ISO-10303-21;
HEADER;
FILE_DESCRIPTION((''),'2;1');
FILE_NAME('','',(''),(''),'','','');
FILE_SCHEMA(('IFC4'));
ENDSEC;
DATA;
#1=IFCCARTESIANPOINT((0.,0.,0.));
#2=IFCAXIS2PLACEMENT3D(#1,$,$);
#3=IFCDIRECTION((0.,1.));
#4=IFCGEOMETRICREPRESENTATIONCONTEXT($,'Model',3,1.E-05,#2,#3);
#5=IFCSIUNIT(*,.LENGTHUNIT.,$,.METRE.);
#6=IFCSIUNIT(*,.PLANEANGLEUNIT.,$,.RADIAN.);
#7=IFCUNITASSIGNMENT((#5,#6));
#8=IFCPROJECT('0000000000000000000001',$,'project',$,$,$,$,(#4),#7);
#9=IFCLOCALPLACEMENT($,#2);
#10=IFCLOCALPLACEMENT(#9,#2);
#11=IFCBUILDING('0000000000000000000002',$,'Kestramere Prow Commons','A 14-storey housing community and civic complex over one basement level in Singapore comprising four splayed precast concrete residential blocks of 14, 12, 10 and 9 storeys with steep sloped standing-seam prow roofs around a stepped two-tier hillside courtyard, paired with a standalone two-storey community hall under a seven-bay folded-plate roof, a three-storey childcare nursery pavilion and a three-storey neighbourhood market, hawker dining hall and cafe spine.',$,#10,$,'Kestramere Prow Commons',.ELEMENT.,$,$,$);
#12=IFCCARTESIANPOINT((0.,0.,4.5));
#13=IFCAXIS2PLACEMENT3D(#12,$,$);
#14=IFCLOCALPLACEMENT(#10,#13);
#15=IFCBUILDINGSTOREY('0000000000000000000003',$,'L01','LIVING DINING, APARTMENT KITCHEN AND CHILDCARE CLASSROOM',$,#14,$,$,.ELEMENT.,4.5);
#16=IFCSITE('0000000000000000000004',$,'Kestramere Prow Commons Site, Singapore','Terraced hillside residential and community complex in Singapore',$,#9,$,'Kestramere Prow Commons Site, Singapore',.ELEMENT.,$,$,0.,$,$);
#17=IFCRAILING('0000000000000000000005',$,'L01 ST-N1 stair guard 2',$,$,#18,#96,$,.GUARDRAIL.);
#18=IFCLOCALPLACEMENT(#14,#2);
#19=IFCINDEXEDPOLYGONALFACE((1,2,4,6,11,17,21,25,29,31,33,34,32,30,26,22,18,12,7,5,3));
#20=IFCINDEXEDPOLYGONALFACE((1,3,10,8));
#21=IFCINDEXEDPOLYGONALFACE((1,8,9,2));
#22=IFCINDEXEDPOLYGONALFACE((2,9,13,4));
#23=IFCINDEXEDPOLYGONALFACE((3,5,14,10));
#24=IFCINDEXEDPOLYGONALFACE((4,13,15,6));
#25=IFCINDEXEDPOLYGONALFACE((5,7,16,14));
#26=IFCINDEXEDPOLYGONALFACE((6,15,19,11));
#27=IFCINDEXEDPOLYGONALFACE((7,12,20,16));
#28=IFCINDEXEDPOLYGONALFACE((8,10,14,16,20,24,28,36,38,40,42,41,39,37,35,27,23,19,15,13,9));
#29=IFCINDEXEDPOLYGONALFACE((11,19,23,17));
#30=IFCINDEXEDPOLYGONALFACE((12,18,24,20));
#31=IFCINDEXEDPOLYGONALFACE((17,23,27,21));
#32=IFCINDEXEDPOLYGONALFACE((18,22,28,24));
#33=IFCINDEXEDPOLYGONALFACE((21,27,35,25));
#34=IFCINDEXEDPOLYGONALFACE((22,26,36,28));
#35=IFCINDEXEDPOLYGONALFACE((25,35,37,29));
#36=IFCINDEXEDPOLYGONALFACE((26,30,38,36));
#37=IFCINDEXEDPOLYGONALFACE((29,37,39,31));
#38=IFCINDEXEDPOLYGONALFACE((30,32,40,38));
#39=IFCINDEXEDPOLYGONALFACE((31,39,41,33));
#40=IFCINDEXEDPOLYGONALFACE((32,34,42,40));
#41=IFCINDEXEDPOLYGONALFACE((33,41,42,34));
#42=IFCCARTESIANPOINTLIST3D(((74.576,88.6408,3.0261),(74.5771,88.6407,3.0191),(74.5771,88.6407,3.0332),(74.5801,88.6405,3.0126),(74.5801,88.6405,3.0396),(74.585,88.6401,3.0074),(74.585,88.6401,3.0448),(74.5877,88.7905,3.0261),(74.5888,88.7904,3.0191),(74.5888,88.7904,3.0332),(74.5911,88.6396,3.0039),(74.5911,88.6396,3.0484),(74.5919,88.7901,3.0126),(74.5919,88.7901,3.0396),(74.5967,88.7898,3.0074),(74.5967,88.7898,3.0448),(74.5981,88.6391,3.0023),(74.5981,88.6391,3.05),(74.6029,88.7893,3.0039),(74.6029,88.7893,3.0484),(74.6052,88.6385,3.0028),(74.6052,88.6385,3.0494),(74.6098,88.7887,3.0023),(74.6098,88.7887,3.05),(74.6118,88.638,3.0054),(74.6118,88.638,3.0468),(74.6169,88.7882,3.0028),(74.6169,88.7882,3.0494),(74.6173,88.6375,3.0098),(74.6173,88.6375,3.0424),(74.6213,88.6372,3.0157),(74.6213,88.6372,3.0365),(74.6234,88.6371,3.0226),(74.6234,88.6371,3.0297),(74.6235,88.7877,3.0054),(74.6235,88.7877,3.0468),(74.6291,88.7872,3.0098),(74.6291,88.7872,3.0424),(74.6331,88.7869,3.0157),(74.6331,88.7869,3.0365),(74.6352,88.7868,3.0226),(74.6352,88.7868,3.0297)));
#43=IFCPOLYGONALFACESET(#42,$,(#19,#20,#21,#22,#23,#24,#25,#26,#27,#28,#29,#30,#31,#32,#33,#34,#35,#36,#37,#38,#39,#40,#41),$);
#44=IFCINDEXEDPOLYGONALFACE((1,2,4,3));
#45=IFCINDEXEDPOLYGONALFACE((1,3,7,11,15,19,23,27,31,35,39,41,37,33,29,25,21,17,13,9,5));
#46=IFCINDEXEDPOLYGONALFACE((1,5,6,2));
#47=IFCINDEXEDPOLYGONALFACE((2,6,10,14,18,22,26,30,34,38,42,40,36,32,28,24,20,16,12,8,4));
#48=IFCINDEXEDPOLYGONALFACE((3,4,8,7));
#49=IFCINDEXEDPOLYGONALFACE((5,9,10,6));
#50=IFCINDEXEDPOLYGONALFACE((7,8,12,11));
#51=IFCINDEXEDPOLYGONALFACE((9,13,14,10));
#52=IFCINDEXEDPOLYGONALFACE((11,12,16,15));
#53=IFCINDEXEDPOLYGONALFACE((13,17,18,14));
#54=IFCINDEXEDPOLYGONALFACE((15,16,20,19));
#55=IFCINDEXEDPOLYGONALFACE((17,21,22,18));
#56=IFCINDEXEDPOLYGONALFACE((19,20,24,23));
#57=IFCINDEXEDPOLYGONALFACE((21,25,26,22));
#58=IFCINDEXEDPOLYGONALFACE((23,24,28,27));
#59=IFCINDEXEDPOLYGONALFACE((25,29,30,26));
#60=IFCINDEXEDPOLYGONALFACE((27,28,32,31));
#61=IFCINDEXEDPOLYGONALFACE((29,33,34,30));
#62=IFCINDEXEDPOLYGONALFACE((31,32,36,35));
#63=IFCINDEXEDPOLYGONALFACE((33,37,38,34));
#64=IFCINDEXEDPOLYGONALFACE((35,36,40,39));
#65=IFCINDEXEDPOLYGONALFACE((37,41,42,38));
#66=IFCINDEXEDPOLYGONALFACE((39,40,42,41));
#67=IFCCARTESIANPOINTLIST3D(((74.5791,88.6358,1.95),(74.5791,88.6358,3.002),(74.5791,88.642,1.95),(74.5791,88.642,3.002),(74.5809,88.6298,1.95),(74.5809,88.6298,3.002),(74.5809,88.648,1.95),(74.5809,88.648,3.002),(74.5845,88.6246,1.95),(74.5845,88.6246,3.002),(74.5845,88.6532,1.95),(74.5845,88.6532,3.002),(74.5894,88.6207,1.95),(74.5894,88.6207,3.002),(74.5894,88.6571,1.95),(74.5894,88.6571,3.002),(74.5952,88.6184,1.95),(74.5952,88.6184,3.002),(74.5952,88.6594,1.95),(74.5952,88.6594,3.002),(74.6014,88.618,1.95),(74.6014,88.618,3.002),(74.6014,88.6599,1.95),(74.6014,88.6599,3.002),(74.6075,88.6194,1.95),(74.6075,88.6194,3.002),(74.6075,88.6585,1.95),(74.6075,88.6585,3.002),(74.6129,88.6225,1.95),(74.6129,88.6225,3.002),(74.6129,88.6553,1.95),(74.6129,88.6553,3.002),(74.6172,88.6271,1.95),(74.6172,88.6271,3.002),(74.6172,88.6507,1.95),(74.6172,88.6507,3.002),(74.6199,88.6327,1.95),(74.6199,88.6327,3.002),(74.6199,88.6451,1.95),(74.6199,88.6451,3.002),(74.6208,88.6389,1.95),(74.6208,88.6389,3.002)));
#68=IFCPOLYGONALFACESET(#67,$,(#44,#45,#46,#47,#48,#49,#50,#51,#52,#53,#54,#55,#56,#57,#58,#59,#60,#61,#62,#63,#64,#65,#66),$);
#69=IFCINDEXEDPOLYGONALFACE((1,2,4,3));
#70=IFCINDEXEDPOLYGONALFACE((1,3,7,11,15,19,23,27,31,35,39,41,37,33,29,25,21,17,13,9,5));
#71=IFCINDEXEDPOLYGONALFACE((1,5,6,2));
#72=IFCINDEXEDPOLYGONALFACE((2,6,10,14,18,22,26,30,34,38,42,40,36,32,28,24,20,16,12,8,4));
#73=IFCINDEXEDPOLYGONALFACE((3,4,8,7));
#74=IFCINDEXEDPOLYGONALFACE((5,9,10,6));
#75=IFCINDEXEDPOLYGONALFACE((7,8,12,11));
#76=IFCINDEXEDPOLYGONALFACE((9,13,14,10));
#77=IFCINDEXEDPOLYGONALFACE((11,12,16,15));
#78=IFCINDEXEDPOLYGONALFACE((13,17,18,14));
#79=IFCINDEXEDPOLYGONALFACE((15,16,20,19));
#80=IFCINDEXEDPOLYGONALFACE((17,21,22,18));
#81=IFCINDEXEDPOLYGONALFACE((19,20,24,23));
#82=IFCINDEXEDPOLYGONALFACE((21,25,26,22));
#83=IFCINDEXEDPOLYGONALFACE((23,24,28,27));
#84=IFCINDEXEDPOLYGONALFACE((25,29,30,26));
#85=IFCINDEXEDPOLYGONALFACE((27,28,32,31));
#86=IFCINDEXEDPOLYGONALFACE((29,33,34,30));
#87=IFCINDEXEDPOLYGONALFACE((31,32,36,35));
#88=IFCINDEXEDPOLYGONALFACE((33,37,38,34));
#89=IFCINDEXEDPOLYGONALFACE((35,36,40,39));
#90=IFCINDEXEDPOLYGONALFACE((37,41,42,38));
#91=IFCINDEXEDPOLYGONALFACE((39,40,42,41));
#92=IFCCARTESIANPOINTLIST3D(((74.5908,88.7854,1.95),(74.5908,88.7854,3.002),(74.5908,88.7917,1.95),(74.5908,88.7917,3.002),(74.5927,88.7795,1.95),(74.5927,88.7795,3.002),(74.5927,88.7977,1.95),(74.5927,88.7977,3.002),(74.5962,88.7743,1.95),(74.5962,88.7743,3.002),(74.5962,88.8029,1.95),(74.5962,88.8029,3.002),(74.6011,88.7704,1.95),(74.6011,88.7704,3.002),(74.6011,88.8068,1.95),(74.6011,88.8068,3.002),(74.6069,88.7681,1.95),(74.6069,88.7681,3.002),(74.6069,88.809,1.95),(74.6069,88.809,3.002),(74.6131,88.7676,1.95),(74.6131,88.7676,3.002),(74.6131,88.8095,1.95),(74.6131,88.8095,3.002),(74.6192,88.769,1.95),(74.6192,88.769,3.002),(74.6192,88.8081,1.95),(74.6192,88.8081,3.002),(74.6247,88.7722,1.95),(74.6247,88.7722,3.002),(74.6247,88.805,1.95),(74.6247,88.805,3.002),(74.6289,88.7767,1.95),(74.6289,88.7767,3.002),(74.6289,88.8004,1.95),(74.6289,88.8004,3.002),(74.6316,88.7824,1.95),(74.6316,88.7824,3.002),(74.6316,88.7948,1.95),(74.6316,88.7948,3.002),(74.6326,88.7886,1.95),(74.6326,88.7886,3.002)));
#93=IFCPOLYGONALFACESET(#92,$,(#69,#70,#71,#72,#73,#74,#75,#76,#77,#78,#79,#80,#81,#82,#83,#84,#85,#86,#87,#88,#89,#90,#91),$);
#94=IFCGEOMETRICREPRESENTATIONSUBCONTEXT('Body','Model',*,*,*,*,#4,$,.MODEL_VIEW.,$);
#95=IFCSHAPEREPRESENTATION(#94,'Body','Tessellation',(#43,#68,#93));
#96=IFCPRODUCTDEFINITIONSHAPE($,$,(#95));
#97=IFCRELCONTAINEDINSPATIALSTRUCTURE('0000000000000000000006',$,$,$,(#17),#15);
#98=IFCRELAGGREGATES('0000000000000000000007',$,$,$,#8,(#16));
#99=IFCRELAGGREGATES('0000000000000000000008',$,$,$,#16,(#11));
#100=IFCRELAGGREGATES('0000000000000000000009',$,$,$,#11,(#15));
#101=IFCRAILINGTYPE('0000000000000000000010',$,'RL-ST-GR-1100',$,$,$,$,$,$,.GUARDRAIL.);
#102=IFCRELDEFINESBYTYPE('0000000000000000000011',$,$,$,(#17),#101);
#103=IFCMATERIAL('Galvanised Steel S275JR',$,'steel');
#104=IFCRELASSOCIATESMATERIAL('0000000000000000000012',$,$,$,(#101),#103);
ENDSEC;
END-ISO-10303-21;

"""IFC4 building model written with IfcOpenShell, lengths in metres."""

from ifc_helpers import new_model, si_unit, direction, frame, origin, origin_2d, place, context, subcontext, project, spatial, circle, extrude, material, type_object, element, save


model = new_model("IFC4")

# Units and contexts
model_context = context("Model", 3, precision=1e-05, world=origin(), true_north=direction((0.0, 1.0)))
body_context = subcontext(model_context, "Body", "Model", "MODEL_VIEW")
ifc_project = project(units=[si_unit("LENGTHUNIT", "METRE"), si_unit("PLANEANGLEUNIT", "RADIAN")], contexts=[model_context])

# Site, building, storey
site_placement = place(None, origin())
site = spatial("IfcSite", under=ifc_project, at=site_placement, Name="Kestramere Prow Commons Site, Singapore", Description="Terraced hillside residential and community complex in Singapore", LongName="Kestramere Prow Commons Site, Singapore", CompositionType="ELEMENT", RefElevation=0.0)
building_placement = place(site_placement, origin())
building = spatial("IfcBuilding", under=site, at=building_placement, Name="Kestramere Prow Commons", Description="A 14-storey housing community and civic complex over one basement level in Singapore comprising four splayed precast concrete residential blocks of 14, 12, 10 and 9 storeys with steep sloped standing-seam prow roofs around a stepped two-tier hillside courtyard, paired with a standalone two-storey community hall under a seven-bay folded-plate roof, a three-storey childcare nursery pavilion and a three-storey neighbourhood market, hawker dining hall and cafe spine.", LongName="Kestramere Prow Commons", CompositionType="ELEMENT")
storey_placement = place(building_placement, frame((0.0, 0.0, 4.5)))
storey = spatial("IfcBuildingStorey", under=building, at=storey_placement, Name="L01", Description="LIVING DINING, APARTMENT KITCHEN AND CHILDCARE CLASSROOM", CompositionType="ELEMENT", Elevation=4.5)

# Railing
ifc_material_1 = material(Name="Galvanised Steel S275JR", Category="steel")
railing_type_1 = type_object("IfcRailingType", Name="RL-ST-GR-1100", PredefinedType="GUARDRAIL", material=ifc_material_1)
railing_1_placement = place(storey_placement, frame((74.5999, 88.6389, 1.95)))
element("IfcRailing", 1, at=railing_1_placement, inside=storey, type_object=railing_type_1, Name="L01 ST-N1 stair guard 2", PredefinedType="GUARDRAIL", context=body_context, shape_type="SweptSolid", body=[
    extrude(circle(Radius=0.0239, at=origin_2d()), frame((0.0, 0.0, 1.0762), z_axis=(0.078064, 0.996948, 0.0), x_axis=(-0.996948, 0.078064, 0.0)), (0.0, 0.0, 1.0), 0.1501),
    extrude(circle(Radius=0.021, at=origin_2d()), origin(), (0.0, 0.0, 1.0), 1.052),
    extrude(circle(Radius=0.021, at=origin_2d()), frame((0.0117, 0.1497, 0.0)), (0.0, 0.0, 1.0), 1.052),
])

save(model, "model.ifc")
